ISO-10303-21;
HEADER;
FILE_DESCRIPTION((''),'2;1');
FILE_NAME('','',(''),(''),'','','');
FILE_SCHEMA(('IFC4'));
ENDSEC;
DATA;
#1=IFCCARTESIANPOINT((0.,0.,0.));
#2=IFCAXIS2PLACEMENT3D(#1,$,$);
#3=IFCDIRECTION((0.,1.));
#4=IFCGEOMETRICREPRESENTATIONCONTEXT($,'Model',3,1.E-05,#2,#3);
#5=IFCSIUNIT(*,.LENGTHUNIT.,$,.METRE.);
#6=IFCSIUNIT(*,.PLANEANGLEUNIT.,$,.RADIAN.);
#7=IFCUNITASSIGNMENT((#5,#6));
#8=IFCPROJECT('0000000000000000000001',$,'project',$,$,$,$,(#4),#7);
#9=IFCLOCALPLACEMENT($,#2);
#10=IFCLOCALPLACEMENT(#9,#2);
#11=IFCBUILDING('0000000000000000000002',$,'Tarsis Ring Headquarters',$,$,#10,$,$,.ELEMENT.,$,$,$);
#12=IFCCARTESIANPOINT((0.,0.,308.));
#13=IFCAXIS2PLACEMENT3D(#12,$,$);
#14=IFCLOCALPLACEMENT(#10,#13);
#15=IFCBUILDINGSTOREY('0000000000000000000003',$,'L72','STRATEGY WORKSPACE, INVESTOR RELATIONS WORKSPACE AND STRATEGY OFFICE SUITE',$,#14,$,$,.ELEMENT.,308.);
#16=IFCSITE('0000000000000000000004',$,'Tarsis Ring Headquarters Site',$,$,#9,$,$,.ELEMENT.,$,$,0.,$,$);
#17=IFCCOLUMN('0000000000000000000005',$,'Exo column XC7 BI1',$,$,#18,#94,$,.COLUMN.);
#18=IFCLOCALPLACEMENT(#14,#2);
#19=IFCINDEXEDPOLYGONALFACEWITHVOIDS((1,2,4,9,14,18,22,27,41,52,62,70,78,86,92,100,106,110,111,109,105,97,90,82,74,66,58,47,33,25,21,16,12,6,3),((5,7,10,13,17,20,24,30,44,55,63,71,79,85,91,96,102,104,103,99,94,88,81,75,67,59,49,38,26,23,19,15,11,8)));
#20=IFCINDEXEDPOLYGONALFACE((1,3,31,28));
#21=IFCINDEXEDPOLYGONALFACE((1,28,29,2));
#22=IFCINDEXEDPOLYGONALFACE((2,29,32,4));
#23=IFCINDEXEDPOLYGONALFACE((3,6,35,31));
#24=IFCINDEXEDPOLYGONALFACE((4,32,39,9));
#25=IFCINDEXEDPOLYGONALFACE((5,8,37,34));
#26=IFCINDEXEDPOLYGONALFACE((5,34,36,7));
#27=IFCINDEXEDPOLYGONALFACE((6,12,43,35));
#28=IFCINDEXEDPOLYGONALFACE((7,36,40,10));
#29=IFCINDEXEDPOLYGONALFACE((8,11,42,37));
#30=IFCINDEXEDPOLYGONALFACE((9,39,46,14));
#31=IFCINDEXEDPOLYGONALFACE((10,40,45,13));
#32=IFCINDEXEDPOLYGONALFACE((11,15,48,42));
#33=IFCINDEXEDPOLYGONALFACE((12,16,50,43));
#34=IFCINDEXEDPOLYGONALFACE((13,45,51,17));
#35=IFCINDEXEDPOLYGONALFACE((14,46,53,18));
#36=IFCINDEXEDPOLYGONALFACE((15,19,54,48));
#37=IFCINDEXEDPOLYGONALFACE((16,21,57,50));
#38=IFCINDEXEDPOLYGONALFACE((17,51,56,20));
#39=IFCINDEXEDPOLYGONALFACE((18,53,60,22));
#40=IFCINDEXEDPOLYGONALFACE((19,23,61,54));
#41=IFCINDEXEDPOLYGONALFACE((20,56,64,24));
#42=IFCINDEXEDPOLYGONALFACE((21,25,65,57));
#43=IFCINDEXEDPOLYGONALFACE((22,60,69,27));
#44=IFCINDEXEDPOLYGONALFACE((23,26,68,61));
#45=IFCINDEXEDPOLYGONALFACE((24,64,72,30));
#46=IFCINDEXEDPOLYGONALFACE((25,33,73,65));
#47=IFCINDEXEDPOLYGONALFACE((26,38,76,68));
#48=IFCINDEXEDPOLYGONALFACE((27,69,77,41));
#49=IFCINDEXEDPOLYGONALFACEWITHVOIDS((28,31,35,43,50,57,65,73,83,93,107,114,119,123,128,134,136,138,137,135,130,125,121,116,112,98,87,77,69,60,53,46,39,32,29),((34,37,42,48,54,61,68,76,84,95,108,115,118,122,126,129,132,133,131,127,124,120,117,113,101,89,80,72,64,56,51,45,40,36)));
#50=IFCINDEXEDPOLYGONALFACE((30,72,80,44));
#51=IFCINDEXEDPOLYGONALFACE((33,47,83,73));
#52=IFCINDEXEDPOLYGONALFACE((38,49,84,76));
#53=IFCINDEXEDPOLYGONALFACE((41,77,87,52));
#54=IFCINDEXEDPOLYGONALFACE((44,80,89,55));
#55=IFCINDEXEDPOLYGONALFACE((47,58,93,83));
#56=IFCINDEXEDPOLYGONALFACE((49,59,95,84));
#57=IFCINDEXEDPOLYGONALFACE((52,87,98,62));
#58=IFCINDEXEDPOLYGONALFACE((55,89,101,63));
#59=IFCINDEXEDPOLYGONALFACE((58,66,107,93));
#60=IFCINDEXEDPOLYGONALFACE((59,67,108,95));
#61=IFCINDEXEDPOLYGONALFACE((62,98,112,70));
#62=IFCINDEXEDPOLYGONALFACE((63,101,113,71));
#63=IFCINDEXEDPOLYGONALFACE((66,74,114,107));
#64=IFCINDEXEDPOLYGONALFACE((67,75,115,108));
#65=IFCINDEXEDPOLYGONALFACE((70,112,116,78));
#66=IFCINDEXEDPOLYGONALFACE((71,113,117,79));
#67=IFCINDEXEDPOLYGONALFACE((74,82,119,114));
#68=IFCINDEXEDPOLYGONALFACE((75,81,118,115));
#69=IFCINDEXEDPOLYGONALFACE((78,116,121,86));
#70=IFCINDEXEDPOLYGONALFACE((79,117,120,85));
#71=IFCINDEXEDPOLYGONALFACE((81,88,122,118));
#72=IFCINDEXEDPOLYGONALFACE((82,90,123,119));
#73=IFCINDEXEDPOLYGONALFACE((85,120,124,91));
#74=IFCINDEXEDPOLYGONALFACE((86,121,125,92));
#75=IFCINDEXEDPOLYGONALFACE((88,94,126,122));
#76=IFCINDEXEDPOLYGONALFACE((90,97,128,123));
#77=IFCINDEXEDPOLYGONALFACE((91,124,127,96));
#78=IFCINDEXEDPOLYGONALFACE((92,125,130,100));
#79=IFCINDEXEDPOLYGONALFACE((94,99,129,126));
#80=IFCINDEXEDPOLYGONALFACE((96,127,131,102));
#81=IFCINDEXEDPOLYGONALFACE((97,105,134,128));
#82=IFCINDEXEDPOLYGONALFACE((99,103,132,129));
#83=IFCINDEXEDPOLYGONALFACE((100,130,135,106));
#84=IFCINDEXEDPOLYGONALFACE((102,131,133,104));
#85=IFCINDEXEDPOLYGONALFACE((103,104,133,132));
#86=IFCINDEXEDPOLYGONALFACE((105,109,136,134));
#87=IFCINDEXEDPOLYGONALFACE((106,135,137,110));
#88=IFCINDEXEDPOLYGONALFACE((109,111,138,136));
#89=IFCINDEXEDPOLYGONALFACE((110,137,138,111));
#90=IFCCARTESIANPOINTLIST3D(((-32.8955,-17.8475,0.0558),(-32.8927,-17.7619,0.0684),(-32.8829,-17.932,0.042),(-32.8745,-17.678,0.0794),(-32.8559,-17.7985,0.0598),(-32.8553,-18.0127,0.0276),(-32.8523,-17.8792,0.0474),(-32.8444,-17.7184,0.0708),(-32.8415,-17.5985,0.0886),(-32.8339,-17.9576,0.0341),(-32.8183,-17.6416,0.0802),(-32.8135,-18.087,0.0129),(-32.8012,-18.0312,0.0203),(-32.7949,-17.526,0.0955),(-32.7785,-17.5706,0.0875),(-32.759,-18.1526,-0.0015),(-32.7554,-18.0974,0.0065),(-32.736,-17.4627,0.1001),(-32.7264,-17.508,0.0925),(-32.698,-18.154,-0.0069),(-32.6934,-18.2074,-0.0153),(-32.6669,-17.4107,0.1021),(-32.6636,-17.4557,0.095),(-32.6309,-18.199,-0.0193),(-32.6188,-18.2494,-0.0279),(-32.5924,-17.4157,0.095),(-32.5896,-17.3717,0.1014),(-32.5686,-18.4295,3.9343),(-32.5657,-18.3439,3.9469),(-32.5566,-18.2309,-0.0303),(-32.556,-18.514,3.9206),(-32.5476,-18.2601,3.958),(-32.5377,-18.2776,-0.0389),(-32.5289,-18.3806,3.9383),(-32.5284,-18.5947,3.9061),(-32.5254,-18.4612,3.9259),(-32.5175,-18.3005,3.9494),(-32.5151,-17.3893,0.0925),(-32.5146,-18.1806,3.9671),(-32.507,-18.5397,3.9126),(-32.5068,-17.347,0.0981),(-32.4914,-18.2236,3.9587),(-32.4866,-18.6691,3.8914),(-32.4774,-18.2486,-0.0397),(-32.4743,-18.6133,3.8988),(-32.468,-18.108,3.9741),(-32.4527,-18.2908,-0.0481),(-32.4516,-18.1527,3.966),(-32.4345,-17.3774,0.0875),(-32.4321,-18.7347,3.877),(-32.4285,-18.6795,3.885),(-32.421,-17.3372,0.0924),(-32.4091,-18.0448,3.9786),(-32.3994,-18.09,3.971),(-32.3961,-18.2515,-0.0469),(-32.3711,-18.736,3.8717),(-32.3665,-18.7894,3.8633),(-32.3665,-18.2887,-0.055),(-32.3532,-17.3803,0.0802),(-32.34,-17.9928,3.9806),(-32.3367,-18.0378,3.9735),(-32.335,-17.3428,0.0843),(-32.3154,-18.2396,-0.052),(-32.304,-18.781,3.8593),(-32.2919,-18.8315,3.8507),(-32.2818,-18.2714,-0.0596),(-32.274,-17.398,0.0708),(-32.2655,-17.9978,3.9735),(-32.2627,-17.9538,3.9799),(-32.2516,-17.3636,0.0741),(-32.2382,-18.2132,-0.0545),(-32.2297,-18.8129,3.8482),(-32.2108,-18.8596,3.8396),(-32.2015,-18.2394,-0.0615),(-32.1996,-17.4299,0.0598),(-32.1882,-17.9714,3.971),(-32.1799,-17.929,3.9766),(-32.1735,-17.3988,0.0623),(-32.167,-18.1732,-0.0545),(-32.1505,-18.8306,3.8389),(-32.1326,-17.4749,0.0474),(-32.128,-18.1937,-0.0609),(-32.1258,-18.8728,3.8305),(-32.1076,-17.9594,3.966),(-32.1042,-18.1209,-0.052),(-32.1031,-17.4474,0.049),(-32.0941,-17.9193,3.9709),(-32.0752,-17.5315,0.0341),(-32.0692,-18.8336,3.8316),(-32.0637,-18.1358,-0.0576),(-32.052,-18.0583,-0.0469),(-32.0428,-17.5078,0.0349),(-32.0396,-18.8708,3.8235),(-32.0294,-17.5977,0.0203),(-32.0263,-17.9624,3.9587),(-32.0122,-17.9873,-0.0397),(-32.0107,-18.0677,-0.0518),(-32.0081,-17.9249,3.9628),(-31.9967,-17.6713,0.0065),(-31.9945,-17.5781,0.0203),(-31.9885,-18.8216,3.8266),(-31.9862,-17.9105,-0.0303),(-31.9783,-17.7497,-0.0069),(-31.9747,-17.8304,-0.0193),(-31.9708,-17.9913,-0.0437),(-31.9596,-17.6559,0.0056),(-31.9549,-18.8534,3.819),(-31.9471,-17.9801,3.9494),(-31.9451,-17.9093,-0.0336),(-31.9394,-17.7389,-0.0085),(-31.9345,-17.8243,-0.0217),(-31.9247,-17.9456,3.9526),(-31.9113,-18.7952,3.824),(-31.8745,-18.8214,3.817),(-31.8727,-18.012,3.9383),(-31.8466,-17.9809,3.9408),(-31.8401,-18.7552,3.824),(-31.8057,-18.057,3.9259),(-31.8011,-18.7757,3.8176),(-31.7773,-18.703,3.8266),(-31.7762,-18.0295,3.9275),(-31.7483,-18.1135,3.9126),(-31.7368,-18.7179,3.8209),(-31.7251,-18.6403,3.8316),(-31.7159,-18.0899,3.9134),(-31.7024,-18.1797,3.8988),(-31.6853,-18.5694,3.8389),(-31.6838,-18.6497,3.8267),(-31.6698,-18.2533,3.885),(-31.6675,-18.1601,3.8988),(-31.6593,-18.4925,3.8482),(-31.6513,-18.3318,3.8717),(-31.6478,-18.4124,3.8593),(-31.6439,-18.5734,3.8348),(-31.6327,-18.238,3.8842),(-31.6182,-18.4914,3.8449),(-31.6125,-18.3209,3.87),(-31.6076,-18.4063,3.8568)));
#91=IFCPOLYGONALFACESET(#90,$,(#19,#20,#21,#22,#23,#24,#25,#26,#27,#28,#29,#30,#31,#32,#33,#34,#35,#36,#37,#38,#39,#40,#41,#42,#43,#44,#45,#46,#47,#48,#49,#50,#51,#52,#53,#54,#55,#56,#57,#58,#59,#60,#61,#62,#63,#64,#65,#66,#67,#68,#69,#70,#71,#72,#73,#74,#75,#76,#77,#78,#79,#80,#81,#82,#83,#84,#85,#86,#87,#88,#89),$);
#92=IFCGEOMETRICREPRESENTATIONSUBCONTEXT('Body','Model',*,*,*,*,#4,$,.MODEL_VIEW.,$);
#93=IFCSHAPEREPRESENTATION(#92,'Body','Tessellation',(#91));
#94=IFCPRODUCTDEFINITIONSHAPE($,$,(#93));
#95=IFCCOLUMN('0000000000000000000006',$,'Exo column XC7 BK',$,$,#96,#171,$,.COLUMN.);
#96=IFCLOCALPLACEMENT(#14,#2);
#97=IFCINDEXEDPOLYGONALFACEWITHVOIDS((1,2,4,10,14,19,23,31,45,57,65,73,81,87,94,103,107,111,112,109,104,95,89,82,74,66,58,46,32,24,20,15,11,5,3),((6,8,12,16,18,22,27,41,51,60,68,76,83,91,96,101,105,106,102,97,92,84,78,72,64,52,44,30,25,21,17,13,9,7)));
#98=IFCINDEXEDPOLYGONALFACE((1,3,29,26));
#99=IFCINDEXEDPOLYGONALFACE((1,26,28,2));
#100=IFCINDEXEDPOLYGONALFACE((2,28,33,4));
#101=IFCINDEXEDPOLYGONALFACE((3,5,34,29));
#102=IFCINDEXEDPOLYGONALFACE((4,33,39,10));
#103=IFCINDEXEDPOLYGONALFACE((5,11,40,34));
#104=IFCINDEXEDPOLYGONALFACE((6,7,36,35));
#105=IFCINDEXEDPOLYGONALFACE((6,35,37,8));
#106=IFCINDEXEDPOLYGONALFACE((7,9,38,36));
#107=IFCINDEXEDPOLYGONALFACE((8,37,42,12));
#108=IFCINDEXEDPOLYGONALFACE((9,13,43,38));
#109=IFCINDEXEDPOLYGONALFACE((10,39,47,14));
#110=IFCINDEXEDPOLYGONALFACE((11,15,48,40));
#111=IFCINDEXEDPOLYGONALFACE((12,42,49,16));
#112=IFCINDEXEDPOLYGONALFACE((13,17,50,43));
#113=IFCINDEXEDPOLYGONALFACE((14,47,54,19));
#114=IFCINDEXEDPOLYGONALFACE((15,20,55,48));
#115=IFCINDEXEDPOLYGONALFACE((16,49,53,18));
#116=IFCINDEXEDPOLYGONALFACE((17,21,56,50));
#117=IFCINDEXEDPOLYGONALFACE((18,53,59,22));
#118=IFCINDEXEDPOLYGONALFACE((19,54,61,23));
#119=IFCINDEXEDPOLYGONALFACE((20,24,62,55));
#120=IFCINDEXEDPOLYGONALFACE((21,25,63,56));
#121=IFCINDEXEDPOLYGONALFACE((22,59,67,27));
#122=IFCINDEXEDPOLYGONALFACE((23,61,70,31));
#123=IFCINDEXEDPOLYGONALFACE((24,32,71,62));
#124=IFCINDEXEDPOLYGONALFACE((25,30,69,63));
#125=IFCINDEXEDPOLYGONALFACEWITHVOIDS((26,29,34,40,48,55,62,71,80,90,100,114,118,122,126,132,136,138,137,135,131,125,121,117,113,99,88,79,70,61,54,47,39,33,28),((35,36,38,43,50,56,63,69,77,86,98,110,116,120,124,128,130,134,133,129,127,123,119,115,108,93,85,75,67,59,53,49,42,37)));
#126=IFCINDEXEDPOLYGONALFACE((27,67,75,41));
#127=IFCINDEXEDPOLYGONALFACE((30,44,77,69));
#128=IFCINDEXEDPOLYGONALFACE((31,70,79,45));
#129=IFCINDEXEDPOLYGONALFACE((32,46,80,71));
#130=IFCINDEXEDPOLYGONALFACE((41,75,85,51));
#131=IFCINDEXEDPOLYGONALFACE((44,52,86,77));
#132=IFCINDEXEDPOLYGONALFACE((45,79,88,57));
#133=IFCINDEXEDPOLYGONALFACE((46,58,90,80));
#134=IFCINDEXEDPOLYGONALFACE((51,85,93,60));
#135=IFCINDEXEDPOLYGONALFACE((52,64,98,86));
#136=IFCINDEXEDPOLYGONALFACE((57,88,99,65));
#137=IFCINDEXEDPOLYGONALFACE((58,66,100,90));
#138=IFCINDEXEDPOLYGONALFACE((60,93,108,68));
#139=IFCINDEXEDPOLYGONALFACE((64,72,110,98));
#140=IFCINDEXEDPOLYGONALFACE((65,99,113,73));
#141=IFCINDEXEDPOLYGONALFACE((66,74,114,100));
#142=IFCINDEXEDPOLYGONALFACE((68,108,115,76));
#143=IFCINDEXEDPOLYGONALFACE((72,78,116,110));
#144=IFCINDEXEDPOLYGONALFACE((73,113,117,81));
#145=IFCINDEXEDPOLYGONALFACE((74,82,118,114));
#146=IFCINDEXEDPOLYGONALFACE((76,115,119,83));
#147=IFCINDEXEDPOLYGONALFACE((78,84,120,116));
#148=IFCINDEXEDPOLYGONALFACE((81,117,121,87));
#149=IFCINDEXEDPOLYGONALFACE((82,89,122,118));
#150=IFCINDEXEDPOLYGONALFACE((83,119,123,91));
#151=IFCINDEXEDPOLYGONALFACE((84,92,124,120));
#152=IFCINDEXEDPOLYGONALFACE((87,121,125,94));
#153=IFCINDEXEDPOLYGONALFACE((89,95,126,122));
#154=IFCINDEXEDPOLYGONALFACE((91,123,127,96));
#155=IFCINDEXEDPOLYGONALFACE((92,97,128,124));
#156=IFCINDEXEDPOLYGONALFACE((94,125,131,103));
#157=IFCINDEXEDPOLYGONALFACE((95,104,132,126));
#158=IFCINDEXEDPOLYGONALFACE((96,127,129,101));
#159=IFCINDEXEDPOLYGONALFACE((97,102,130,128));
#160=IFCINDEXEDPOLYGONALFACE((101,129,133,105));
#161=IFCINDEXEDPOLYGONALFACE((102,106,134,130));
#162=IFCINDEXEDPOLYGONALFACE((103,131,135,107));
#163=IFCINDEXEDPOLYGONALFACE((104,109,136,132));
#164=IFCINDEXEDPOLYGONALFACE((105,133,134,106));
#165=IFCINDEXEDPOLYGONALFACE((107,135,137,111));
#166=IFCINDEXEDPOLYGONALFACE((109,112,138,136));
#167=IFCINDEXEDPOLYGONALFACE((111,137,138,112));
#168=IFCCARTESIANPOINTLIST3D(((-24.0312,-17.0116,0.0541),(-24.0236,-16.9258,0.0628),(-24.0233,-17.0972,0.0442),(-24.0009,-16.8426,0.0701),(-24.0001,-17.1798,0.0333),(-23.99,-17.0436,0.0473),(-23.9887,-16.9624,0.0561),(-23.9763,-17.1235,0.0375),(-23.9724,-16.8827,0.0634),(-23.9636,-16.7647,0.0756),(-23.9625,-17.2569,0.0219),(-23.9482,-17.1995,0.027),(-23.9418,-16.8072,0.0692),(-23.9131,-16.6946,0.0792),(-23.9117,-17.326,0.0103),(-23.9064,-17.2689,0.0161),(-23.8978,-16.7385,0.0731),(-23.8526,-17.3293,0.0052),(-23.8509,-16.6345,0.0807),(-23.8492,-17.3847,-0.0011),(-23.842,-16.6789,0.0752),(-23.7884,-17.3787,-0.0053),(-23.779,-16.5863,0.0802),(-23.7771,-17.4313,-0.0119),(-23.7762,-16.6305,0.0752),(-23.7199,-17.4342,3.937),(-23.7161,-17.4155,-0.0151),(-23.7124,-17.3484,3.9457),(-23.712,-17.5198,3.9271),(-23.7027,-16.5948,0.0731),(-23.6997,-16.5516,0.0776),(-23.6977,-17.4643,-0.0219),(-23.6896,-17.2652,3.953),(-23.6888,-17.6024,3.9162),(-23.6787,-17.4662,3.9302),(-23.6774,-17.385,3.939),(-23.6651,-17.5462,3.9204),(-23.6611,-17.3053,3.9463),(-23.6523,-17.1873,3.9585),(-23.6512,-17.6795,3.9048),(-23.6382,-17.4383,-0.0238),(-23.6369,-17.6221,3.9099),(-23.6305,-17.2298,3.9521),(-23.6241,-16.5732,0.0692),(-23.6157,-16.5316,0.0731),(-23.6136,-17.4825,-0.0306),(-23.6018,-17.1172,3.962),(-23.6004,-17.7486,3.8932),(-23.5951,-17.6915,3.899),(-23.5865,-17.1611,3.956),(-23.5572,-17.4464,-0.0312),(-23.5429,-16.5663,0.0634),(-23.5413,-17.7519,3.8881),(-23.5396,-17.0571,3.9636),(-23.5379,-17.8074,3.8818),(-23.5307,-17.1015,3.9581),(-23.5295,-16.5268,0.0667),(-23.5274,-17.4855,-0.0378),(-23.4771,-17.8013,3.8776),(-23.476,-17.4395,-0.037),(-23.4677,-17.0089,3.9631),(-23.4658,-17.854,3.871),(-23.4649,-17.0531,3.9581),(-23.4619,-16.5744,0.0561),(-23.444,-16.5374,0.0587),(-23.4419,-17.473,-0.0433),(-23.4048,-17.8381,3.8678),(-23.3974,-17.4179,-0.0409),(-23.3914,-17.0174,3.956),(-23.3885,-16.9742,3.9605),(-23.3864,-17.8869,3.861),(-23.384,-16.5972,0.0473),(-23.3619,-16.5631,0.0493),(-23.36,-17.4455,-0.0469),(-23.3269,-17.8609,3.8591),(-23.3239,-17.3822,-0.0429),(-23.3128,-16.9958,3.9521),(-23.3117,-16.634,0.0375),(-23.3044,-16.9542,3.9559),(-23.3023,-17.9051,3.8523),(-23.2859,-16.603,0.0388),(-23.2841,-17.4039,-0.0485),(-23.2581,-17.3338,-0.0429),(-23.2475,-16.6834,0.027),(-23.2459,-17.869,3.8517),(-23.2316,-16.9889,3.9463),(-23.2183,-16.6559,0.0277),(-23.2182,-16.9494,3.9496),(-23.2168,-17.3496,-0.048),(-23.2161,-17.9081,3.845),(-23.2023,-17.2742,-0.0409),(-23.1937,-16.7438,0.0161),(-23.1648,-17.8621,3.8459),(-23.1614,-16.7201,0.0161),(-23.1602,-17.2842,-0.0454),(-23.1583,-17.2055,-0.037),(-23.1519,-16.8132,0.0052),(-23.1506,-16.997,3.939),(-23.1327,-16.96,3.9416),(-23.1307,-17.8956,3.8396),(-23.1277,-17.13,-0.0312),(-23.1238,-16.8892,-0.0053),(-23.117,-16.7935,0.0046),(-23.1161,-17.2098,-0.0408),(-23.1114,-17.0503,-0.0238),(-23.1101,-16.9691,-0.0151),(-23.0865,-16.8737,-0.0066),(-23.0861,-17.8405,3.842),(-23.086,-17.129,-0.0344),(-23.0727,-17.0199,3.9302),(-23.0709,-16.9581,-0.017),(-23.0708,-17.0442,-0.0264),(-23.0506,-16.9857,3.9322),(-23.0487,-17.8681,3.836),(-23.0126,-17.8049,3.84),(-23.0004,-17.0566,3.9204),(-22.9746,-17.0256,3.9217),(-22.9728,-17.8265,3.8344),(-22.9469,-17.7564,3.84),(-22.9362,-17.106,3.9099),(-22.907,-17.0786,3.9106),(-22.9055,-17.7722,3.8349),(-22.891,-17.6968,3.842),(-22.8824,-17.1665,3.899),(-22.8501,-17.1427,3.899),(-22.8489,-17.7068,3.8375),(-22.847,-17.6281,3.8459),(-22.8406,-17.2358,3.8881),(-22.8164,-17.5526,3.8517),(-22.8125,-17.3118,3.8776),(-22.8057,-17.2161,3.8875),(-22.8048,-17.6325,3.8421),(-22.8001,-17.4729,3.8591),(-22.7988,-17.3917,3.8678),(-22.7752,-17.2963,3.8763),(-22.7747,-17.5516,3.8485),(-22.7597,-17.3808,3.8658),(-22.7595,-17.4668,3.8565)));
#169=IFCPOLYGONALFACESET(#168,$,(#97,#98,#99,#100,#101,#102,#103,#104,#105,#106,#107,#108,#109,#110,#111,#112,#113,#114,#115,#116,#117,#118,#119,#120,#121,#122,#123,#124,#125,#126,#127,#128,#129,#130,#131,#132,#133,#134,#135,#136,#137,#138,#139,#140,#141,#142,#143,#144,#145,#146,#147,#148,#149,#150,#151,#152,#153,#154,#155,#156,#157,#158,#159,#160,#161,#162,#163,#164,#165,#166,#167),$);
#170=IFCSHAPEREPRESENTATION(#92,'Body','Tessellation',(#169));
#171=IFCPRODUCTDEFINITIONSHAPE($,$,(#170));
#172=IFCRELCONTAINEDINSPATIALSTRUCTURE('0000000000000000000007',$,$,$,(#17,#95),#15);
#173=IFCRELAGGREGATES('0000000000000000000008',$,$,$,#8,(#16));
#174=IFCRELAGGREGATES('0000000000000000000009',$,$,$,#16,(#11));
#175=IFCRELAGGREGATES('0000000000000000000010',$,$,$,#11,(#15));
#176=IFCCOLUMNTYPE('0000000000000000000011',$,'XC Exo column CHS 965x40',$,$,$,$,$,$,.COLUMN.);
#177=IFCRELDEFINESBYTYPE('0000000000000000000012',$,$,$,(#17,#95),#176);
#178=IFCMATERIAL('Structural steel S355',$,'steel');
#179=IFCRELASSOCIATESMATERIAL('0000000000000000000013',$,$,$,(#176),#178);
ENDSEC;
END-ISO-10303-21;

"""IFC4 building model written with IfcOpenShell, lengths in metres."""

from ifc_helpers import new_model, si_unit, direction, frame, origin, origin_2d, place, context, subcontext, project, spatial, hollow_circle, extrude, material, material_profile, profile_set, type_object, element, save


model = new_model("IFC4")

# Units and contexts
model_context = context("Model", 3, precision=1e-05, world=origin(), true_north=direction((0.0, 1.0)))
body_context = subcontext(model_context, "Body", "Model", "MODEL_VIEW")
ifc_project = project(units=[si_unit("LENGTHUNIT", "METRE"), si_unit("PLANEANGLEUNIT", "RADIAN")], contexts=[model_context])

# Site, building, storey
site_placement = place(None, origin())
site = spatial("IfcSite", under=ifc_project, at=site_placement, Name="Tarsis Ring Headquarters Site", CompositionType="ELEMENT", RefElevation=0.0)
building_placement = place(site_placement, origin())
building = spatial("IfcBuilding", under=site, at=building_placement, Name="Tarsis Ring Headquarters", CompositionType="ELEMENT")
storey_placement = place(building_placement, frame((0.0, 0.0, 308.0)))
storey = spatial("IfcBuildingStorey", under=building, at=storey_placement, Name="L72", Description="STRATEGY WORKSPACE, INVESTOR RELATIONS WORKSPACE AND STRATEGY OFFICE SUITE", CompositionType="ELEMENT", Elevation=308.0)

# Columns
ifc_material_1 = material(Name="Structural steel S355", Category="steel")
ifc_material_profile_1 = material_profile(ifc_material_1, hollow_circle(Radius=0.4827, WallThickness=0.04, at=origin_2d()), Name="CHS 965x40")
ifc_profile_set_1 = profile_set([ifc_material_profile_1], Name="Structural steel S355")
column_type = type_object("IfcColumnType", Name="XC Exo column CHS 965x40", PredefinedType="COLUMN", material=ifc_profile_set_1)
column_1_placement = place(storey_placement, frame((-32.4153, -17.8145, 0.0203), z_axis=(0.083067, -0.147895, 0.985509), x_axis=(0.871888, 0.489705, 0.0)))
element("IfcColumn", 1, at=column_1_placement, inside=storey, type_object=column_type, Name="Exo column XC7 BI1", PredefinedType="COLUMN", context=body_context, shape_type="SweptSolid", body=[
    extrude(hollow_circle(Radius=0.4827, WallThickness=0.04, at=origin_2d()), origin(), (0.0, 0.0, 1.0), 3.9355),
])
column_2_placement = place(storey_placement, frame((-23.55, -17.0063, 0.0161), z_axis=(0.079446, -0.10786, 0.990987), x_axis=(0.805161, 0.593056, 0.0)))
element("IfcColumn", 2, at=column_2_placement, inside=storey, type_object=column_type, Name="Exo column XC7 BK", PredefinedType="COLUMN", context=body_context, shape_type="SweptSolid", body=[
    extrude(hollow_circle(Radius=0.4827, WallThickness=0.04, at=origin_2d()), origin(), (0.0, 0.0, 1.0), 3.9182),
])

save(model, "model.ifc")
